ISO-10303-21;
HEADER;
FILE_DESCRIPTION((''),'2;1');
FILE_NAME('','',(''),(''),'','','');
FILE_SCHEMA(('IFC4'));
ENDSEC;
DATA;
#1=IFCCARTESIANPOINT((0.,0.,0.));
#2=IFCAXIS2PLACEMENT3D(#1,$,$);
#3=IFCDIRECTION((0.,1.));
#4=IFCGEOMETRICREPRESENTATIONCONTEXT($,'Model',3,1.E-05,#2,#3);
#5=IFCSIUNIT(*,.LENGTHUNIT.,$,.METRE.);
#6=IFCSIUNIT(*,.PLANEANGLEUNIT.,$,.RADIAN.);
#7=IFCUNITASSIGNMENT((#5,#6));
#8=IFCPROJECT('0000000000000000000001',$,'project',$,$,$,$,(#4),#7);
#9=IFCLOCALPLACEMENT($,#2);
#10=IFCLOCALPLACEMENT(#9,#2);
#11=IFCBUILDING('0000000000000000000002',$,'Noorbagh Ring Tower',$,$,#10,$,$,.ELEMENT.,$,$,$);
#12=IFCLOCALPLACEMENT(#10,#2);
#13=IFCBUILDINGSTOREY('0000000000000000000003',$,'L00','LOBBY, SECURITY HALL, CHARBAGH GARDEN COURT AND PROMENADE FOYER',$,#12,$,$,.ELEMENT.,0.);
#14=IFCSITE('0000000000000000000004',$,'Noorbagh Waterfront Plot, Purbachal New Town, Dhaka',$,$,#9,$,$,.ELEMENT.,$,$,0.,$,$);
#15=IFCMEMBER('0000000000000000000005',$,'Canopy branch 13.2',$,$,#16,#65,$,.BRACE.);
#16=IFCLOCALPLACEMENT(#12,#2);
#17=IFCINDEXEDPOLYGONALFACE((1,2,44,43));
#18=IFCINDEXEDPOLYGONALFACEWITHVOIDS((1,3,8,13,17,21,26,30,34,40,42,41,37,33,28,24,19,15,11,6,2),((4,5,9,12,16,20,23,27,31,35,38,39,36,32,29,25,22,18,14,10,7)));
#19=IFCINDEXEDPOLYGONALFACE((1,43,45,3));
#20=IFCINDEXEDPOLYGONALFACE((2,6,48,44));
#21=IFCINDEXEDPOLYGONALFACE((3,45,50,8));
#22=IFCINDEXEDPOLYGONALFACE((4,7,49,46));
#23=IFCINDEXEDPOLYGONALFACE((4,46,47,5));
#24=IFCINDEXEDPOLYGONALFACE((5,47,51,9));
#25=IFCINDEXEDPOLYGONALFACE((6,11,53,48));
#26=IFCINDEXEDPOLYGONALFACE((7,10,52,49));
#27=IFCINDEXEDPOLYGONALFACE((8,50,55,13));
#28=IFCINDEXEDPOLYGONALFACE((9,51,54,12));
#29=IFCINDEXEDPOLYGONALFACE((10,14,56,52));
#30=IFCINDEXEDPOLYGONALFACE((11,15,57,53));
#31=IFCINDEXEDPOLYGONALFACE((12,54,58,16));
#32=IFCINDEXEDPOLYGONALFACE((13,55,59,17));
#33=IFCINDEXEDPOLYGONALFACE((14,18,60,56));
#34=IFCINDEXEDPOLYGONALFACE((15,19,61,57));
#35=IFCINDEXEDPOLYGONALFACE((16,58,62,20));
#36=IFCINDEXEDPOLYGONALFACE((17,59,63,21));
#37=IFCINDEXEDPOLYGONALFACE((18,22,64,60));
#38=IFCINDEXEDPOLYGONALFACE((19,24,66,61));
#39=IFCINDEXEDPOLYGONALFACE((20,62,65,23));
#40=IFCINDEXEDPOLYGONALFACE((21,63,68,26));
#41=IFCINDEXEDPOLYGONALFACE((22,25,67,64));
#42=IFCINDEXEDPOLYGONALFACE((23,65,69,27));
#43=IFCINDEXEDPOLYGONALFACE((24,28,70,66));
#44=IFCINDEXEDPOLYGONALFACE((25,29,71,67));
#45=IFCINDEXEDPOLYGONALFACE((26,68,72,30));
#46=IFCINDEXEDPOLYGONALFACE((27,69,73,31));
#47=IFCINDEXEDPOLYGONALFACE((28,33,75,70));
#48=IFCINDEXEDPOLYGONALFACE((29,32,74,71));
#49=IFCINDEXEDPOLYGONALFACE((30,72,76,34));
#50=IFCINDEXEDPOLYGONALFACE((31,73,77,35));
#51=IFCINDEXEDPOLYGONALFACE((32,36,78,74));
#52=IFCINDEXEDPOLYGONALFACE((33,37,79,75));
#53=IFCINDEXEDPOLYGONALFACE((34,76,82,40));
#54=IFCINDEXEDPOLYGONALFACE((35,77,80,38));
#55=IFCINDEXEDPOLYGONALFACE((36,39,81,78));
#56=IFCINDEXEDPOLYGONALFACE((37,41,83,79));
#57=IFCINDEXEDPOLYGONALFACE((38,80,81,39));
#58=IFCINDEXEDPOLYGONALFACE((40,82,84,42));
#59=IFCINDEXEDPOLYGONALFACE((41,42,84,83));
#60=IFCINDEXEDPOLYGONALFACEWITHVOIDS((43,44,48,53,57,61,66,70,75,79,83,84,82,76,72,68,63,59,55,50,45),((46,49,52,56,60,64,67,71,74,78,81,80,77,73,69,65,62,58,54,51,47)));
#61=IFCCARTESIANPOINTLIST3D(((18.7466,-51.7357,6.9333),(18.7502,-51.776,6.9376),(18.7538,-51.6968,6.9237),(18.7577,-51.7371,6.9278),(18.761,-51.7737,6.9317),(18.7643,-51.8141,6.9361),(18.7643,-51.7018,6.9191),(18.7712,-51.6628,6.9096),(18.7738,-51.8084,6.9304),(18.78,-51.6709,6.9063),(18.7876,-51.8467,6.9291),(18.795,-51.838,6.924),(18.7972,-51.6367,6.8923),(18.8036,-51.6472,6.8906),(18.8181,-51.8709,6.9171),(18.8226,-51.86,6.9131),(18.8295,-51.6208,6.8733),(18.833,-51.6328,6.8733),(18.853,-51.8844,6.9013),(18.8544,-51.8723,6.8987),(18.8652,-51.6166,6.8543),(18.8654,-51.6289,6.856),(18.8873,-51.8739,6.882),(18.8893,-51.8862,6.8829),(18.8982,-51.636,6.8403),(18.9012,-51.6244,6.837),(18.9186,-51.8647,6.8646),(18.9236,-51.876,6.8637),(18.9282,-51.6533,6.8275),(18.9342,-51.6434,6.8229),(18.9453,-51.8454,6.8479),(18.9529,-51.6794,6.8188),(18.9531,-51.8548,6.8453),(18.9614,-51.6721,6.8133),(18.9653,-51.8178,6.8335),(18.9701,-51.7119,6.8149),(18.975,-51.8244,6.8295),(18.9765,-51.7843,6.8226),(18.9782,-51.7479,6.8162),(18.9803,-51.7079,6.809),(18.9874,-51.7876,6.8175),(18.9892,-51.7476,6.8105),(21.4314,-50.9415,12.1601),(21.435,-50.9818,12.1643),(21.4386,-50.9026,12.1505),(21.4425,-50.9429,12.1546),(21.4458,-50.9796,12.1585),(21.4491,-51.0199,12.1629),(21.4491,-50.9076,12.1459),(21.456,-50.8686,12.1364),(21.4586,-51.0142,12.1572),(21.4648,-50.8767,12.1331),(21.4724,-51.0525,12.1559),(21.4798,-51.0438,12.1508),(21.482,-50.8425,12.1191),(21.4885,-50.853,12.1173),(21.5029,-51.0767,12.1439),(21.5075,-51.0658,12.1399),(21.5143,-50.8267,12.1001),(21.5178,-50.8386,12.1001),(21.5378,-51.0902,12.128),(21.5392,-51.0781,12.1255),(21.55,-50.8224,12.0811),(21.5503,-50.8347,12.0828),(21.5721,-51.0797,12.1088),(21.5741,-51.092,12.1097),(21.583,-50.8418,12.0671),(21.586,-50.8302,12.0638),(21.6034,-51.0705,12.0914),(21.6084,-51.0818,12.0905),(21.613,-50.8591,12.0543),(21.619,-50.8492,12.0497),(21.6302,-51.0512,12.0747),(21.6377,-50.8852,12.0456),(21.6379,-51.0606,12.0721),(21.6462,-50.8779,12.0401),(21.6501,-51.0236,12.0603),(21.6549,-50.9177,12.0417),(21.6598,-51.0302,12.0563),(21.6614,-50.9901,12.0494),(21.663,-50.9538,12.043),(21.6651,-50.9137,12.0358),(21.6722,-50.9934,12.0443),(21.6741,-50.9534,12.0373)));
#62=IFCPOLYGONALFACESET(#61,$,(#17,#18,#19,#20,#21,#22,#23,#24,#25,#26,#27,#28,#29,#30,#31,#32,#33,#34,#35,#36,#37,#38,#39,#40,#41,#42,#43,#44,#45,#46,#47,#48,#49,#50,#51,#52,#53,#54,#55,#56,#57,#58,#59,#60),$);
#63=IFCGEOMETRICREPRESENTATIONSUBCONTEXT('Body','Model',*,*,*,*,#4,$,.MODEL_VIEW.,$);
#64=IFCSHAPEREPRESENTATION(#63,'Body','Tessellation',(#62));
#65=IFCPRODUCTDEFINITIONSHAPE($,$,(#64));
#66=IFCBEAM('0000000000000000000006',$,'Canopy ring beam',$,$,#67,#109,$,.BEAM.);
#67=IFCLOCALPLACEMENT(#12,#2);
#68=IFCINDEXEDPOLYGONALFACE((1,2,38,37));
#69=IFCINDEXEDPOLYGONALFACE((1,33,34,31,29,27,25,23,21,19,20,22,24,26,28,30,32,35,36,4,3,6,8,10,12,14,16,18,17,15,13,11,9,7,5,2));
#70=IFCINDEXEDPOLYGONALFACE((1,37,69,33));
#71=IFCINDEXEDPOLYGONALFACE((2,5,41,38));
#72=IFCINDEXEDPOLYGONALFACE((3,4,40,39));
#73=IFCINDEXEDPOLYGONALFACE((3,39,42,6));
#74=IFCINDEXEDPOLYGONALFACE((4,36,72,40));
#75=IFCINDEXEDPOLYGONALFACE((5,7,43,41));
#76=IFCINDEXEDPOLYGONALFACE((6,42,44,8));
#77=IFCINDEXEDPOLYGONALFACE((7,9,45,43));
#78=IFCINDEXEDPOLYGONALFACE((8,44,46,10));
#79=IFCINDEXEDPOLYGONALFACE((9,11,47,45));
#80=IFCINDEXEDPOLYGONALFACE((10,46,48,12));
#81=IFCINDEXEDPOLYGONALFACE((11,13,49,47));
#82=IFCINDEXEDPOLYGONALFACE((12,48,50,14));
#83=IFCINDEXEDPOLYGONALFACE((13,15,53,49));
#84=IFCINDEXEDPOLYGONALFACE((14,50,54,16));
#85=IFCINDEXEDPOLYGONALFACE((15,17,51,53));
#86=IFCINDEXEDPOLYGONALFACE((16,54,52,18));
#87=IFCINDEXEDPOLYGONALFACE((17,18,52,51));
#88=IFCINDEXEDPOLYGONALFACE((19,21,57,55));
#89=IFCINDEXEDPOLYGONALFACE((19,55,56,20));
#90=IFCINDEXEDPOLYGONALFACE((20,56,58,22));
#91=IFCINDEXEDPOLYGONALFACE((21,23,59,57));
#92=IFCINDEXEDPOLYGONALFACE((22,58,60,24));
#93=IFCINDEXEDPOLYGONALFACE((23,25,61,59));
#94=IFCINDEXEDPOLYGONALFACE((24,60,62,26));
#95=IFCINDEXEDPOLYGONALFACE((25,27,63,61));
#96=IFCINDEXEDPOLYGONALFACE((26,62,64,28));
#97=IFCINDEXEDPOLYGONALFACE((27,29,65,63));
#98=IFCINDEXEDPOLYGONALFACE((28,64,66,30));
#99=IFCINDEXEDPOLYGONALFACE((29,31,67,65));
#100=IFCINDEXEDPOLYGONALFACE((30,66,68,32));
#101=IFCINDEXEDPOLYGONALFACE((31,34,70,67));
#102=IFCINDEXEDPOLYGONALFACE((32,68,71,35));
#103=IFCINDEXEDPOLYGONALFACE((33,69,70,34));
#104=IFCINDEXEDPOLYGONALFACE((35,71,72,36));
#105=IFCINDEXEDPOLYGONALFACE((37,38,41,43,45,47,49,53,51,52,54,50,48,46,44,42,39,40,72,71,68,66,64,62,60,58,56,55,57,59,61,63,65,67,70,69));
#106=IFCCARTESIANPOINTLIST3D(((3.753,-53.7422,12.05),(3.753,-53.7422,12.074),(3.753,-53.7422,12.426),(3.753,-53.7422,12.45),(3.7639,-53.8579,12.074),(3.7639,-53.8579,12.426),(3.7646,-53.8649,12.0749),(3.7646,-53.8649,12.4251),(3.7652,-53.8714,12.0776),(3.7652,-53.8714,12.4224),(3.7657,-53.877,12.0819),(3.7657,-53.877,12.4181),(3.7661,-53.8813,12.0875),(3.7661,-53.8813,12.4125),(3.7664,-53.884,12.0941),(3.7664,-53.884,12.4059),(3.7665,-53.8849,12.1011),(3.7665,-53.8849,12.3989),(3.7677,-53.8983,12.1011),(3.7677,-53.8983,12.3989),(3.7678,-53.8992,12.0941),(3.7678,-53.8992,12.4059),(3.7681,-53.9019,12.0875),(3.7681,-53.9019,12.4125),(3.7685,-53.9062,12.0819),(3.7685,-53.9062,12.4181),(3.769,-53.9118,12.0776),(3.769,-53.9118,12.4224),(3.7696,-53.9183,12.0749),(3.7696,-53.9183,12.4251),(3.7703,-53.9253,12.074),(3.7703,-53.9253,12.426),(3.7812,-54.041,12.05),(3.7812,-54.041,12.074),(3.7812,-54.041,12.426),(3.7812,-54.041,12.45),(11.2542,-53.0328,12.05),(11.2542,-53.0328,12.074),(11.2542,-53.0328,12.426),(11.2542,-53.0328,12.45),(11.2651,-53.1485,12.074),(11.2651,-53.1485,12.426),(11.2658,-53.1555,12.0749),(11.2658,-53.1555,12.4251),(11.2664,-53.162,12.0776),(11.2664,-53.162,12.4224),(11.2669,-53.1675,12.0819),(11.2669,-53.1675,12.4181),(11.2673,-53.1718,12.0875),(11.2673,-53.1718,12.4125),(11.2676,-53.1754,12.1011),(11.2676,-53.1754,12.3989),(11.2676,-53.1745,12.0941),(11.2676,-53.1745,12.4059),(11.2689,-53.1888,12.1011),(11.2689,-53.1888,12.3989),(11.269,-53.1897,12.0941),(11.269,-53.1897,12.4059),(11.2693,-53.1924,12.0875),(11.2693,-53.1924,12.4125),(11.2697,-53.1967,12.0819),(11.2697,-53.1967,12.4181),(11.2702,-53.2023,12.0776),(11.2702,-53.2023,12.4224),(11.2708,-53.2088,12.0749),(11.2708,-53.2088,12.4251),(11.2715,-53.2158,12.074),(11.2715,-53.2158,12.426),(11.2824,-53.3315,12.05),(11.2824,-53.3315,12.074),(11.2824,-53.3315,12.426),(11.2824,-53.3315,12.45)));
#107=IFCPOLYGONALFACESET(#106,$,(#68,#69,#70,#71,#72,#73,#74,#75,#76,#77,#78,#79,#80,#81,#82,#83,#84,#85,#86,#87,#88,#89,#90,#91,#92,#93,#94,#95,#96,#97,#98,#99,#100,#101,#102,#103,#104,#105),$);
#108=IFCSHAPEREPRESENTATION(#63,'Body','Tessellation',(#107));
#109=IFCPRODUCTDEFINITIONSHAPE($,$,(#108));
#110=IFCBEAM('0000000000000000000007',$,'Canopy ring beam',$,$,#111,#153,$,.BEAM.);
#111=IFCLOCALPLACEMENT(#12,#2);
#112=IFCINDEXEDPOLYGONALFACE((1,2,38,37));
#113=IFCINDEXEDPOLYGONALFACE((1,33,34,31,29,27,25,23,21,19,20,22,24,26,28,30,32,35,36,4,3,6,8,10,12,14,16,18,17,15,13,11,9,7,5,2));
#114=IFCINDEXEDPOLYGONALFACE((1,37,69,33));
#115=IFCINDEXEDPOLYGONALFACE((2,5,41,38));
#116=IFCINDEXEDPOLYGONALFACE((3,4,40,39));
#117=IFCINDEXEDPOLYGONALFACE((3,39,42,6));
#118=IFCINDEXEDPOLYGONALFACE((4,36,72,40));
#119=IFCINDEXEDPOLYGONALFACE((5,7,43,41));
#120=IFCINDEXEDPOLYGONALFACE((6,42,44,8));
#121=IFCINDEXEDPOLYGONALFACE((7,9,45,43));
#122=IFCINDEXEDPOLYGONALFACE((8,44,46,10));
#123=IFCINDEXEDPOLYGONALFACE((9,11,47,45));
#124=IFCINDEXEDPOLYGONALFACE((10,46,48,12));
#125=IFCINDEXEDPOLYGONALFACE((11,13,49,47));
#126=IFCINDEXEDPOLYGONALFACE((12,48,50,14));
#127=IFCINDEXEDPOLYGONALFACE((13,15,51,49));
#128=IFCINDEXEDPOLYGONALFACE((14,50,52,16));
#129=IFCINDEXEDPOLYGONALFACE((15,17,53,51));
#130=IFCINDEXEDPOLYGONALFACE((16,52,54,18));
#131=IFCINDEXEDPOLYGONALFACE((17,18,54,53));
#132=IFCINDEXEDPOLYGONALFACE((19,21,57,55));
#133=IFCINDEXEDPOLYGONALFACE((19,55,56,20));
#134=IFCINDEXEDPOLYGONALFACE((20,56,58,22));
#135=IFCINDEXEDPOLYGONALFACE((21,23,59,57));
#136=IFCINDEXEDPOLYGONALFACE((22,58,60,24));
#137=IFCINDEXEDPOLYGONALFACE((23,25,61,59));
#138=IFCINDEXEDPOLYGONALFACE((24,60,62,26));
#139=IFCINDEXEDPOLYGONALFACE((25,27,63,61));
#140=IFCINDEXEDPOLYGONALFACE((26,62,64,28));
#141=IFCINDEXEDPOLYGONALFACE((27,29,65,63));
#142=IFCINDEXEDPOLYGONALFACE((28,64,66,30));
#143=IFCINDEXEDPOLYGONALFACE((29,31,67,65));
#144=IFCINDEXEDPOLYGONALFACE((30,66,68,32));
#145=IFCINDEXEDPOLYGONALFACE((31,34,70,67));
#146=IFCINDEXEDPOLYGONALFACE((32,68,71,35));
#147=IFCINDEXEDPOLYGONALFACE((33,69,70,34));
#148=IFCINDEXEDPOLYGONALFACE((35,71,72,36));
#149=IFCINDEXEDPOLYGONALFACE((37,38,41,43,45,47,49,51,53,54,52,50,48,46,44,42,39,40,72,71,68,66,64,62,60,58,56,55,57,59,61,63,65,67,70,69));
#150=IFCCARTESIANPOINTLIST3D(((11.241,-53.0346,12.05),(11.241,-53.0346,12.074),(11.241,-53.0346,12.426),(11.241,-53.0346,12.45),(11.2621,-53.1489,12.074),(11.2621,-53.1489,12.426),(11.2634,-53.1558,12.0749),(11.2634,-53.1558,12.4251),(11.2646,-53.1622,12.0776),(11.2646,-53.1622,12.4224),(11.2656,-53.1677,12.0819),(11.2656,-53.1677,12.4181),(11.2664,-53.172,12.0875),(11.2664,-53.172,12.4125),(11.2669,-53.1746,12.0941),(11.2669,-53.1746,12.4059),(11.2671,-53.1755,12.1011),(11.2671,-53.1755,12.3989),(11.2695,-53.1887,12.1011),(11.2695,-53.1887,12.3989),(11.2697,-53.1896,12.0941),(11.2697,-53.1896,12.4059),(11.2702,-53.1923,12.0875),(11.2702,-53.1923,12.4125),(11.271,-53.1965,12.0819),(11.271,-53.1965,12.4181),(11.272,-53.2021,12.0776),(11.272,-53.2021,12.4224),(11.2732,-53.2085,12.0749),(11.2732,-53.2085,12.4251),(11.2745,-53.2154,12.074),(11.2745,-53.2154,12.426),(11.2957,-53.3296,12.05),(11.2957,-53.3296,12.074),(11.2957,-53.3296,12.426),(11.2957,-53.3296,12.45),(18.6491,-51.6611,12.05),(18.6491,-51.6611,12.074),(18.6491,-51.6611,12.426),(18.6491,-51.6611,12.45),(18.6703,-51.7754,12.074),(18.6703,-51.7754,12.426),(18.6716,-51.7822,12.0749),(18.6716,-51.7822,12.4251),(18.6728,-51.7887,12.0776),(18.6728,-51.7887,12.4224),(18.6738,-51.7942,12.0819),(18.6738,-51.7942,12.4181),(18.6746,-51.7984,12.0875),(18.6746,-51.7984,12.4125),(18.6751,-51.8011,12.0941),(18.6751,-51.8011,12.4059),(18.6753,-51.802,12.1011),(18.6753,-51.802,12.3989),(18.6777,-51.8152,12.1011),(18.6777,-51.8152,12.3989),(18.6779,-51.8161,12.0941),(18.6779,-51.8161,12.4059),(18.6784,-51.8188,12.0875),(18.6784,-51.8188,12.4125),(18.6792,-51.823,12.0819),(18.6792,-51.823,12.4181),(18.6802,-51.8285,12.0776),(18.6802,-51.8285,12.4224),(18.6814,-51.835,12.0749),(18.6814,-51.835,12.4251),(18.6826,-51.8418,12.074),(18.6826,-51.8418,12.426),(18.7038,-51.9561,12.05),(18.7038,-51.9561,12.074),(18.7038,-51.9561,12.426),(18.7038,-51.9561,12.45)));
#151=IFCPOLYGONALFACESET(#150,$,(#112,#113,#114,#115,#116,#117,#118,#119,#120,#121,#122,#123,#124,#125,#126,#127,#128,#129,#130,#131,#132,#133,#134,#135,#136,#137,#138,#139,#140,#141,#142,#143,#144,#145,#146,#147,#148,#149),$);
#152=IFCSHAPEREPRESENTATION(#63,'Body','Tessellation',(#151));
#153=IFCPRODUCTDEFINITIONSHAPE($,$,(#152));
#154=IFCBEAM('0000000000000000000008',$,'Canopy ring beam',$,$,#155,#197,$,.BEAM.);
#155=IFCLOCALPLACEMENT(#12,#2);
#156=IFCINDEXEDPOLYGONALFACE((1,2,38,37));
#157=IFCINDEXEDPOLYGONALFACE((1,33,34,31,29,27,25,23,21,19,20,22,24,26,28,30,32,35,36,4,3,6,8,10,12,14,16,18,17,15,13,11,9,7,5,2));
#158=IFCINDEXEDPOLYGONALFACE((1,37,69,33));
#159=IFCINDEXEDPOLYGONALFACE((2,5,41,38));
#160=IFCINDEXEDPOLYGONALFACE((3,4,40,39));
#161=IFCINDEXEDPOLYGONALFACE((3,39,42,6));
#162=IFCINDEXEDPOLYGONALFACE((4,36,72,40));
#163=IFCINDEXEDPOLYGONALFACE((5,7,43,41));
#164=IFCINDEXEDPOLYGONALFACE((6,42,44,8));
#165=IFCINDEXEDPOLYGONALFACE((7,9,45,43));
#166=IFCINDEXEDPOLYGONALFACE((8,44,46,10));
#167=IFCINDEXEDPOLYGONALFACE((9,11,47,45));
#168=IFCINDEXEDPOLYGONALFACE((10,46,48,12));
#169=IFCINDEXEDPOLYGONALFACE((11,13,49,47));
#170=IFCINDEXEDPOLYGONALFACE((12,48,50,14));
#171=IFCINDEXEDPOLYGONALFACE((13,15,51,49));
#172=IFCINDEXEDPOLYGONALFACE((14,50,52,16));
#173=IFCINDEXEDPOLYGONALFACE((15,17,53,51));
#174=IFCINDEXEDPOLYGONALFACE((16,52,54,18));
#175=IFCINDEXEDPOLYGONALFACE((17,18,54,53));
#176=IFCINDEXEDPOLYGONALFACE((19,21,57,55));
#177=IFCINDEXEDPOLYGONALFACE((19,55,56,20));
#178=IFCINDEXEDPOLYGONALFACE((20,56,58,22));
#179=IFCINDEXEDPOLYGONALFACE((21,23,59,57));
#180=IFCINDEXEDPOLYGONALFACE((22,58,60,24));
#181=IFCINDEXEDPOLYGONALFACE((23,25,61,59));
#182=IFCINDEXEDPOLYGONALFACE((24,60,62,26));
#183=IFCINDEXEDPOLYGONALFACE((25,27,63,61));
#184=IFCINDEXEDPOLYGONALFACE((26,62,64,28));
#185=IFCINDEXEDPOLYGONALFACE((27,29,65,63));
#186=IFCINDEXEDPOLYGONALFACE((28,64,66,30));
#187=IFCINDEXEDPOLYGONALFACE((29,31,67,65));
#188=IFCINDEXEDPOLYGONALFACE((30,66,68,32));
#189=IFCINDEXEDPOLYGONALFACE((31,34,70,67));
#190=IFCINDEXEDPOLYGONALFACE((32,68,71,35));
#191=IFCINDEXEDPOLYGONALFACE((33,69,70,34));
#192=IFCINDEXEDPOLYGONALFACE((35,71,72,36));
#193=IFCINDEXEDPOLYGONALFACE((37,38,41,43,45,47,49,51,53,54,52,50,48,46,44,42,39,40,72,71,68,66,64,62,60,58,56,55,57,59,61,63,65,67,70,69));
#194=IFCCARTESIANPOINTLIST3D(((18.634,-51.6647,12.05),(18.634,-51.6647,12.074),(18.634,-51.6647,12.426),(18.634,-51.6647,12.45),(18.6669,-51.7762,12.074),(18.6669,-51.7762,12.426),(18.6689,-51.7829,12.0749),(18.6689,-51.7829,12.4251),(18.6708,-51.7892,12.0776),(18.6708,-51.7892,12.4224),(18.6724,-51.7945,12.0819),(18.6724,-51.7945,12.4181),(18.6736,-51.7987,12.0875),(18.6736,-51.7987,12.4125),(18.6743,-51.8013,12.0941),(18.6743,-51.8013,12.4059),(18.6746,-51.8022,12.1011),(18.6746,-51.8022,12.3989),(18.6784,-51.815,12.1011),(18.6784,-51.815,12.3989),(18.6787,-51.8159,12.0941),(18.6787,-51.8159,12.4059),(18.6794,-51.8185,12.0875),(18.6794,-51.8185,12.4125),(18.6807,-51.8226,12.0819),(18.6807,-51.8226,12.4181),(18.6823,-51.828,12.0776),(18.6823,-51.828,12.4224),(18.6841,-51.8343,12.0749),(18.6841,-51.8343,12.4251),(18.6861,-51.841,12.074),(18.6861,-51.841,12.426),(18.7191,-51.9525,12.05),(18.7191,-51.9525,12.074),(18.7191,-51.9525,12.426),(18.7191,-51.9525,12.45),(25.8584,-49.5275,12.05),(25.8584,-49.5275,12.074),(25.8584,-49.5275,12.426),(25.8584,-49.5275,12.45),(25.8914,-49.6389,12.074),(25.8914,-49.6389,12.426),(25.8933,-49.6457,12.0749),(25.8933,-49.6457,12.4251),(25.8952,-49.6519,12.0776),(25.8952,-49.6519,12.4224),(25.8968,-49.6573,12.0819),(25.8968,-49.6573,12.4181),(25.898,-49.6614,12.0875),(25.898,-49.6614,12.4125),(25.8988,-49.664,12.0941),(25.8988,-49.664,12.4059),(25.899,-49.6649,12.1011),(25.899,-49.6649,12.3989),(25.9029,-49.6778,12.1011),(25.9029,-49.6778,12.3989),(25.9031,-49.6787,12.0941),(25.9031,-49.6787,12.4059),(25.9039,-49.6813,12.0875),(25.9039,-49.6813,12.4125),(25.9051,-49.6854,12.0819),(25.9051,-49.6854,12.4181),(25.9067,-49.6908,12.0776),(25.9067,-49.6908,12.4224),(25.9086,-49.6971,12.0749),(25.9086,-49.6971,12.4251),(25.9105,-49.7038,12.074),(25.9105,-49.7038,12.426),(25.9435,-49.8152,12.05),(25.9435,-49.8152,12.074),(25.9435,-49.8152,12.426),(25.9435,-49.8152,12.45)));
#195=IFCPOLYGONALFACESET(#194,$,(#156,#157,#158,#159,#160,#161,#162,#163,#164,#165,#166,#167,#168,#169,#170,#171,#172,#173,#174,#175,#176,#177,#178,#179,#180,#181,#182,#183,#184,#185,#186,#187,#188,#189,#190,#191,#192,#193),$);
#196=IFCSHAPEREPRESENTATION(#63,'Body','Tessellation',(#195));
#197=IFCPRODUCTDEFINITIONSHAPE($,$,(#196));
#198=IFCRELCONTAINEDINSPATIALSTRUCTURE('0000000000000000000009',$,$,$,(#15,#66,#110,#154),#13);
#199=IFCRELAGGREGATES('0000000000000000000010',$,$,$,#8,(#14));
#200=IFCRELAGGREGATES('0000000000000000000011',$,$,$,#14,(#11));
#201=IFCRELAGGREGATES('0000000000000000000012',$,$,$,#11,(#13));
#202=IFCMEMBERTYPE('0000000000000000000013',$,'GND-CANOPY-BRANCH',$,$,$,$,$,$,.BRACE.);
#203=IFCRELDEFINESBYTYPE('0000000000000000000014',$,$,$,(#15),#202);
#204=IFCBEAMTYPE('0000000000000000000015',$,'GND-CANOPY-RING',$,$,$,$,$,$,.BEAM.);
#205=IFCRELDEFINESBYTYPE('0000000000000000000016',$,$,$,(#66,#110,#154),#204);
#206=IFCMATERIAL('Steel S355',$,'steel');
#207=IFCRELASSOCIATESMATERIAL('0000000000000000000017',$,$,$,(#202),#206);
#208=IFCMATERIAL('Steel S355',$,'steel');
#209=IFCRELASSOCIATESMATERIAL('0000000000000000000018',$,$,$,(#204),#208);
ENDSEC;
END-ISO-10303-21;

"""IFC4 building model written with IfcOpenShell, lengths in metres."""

from ifc_helpers import new_model, si_unit, direction, frame, origin, origin_2d, place, context, subcontext, project, spatial, hollow_circle, i_section, extrude, material, material_profile, profile_set, type_object, element, save


model = new_model("IFC4")

# Units and contexts
model_context = context("Model", 3, precision=1e-05, world=origin(), true_north=direction((0.0, 1.0)))
body_context = subcontext(model_context, "Body", "Model", "MODEL_VIEW")
ifc_project = project(units=[si_unit("LENGTHUNIT", "METRE"), si_unit("PLANEANGLEUNIT", "RADIAN")], contexts=[model_context])

# Site, building, storey
site_placement = place(None, origin())
site = spatial("IfcSite", under=ifc_project, at=site_placement, Name="Noorbagh Waterfront Plot, Purbachal New Town, Dhaka", CompositionType="ELEMENT", RefElevation=0.0)
building_placement = place(site_placement, origin())
building = spatial("IfcBuilding", under=site, at=building_placement, Name="Noorbagh Ring Tower", CompositionType="ELEMENT")
storey_placement = place(building_placement, origin())
storey = spatial("IfcBuildingStorey", under=building, at=storey_placement, Name="L00", Description="LOBBY, SECURITY HALL, CHARBAGH GARDEN COURT AND PROMENADE FOYER", CompositionType="ELEMENT", Elevation=0.0)

# Member
ifc_material_1 = material(Name="Steel S355", Category="steel")
ifc_material_profile_1 = material_profile(ifc_material_1, hollow_circle(Radius=0.1365, WallThickness=0.0125, at=origin_2d()), Name="CHS273x12.5")
ifc_profile_set_1 = profile_set([ifc_material_profile_1], Name="Steel S355")
member_type = type_object("IfcMemberType", Name="GND-CANOPY-BRANCH", PredefinedType="BRACE", material=ifc_profile_set_1)
for number, where, z_axis, x_axis, name in (
    (1, (18.8682, -51.7517, 6.8733), (0.452793, 0.13394, 0.881498), (-0.283658, 0.958926, 0.0), "Canopy branch 13.2"),
):
    element("IfcMember", number, at=place(storey_placement, frame(where, z_axis=z_axis, x_axis=x_axis)), inside=storey, type_object=member_type, Name=name, PredefinedType="BRACE", context=body_context, shape_type="SweptSolid", body=[
        extrude(hollow_circle(Radius=0.1365, WallThickness=0.0125, at=origin_2d()), origin(), (0.0, 0.0, 1.0), 5.9294),
    ])

# Beams
ifc_material_2 = material(Name="Steel S355", Category="steel")
ifc_material_profile_2 = material_profile(ifc_material_2, i_section(OverallWidth=0.3, OverallDepth=0.3999, WebThickness=0.0134, FlangeThickness=0.0239, FilletRadius=0.0271, at=origin_2d()), Name="HEB400")
ifc_profile_set_2 = profile_set([ifc_material_profile_2], Name="Steel S355")
beam_type = type_object("IfcBeamType", Name="GND-CANOPY-RING", PredefinedType="BEAM", material=ifc_profile_set_2)
beam_1_placement = place(storey_placement, frame((3.7671, -53.8916, 12.25), z_axis=(0.995557, 0.094161, 0.0), x_axis=(-0.094161, 0.995557, 0.0)))
element("IfcBeam", 2, at=beam_1_placement, inside=storey, type_object=beam_type, Name="Canopy ring beam", PredefinedType="BEAM", context=body_context, shape_type="SweptSolid", body=[
    extrude(i_section(OverallWidth=0.3, OverallDepth=0.3999, WebThickness=0.0134, FlangeThickness=0.0239, FilletRadius=0.0271, at=origin_2d()), origin(), (0.0, 0.0, 1.0), 7.5347),
])
beam_2_placement = place(storey_placement, frame((11.2683, -53.1821, 12.25), z_axis=(0.983243, 0.1823, 0.0), x_axis=(-0.1823, 0.983243, 0.0)))
element("IfcBeam", 3, at=beam_2_placement, inside=storey, type_object=beam_type, Name="Canopy ring beam", PredefinedType="BEAM", context=body_context, shape_type="SweptSolid", body=[
    extrude(i_section(OverallWidth=0.3, OverallDepth=0.3999, WebThickness=0.0134, FlangeThickness=0.0239, FilletRadius=0.0271, at=origin_2d()), origin(), (0.0, 0.0, 1.0), 7.5344),
])
beam_3_placement = place(storey_placement, frame((18.6765, -51.8086, 12.25), z_axis=(0.958919, 0.28368, 0.0), x_axis=(-0.28368, 0.958919, 0.0)))
element("IfcBeam", 4, at=beam_3_placement, inside=storey, type_object=beam_type, Name="Canopy ring beam", PredefinedType="BEAM", context=body_context, shape_type="SweptSolid", body=[
    extrude(i_section(OverallWidth=0.3, OverallDepth=0.3999, WebThickness=0.0134, FlangeThickness=0.0239, FilletRadius=0.0271, at=origin_2d()), origin(), (0.0, 0.0, 1.0), 7.5339),
])

save(model, "model.ifc")
